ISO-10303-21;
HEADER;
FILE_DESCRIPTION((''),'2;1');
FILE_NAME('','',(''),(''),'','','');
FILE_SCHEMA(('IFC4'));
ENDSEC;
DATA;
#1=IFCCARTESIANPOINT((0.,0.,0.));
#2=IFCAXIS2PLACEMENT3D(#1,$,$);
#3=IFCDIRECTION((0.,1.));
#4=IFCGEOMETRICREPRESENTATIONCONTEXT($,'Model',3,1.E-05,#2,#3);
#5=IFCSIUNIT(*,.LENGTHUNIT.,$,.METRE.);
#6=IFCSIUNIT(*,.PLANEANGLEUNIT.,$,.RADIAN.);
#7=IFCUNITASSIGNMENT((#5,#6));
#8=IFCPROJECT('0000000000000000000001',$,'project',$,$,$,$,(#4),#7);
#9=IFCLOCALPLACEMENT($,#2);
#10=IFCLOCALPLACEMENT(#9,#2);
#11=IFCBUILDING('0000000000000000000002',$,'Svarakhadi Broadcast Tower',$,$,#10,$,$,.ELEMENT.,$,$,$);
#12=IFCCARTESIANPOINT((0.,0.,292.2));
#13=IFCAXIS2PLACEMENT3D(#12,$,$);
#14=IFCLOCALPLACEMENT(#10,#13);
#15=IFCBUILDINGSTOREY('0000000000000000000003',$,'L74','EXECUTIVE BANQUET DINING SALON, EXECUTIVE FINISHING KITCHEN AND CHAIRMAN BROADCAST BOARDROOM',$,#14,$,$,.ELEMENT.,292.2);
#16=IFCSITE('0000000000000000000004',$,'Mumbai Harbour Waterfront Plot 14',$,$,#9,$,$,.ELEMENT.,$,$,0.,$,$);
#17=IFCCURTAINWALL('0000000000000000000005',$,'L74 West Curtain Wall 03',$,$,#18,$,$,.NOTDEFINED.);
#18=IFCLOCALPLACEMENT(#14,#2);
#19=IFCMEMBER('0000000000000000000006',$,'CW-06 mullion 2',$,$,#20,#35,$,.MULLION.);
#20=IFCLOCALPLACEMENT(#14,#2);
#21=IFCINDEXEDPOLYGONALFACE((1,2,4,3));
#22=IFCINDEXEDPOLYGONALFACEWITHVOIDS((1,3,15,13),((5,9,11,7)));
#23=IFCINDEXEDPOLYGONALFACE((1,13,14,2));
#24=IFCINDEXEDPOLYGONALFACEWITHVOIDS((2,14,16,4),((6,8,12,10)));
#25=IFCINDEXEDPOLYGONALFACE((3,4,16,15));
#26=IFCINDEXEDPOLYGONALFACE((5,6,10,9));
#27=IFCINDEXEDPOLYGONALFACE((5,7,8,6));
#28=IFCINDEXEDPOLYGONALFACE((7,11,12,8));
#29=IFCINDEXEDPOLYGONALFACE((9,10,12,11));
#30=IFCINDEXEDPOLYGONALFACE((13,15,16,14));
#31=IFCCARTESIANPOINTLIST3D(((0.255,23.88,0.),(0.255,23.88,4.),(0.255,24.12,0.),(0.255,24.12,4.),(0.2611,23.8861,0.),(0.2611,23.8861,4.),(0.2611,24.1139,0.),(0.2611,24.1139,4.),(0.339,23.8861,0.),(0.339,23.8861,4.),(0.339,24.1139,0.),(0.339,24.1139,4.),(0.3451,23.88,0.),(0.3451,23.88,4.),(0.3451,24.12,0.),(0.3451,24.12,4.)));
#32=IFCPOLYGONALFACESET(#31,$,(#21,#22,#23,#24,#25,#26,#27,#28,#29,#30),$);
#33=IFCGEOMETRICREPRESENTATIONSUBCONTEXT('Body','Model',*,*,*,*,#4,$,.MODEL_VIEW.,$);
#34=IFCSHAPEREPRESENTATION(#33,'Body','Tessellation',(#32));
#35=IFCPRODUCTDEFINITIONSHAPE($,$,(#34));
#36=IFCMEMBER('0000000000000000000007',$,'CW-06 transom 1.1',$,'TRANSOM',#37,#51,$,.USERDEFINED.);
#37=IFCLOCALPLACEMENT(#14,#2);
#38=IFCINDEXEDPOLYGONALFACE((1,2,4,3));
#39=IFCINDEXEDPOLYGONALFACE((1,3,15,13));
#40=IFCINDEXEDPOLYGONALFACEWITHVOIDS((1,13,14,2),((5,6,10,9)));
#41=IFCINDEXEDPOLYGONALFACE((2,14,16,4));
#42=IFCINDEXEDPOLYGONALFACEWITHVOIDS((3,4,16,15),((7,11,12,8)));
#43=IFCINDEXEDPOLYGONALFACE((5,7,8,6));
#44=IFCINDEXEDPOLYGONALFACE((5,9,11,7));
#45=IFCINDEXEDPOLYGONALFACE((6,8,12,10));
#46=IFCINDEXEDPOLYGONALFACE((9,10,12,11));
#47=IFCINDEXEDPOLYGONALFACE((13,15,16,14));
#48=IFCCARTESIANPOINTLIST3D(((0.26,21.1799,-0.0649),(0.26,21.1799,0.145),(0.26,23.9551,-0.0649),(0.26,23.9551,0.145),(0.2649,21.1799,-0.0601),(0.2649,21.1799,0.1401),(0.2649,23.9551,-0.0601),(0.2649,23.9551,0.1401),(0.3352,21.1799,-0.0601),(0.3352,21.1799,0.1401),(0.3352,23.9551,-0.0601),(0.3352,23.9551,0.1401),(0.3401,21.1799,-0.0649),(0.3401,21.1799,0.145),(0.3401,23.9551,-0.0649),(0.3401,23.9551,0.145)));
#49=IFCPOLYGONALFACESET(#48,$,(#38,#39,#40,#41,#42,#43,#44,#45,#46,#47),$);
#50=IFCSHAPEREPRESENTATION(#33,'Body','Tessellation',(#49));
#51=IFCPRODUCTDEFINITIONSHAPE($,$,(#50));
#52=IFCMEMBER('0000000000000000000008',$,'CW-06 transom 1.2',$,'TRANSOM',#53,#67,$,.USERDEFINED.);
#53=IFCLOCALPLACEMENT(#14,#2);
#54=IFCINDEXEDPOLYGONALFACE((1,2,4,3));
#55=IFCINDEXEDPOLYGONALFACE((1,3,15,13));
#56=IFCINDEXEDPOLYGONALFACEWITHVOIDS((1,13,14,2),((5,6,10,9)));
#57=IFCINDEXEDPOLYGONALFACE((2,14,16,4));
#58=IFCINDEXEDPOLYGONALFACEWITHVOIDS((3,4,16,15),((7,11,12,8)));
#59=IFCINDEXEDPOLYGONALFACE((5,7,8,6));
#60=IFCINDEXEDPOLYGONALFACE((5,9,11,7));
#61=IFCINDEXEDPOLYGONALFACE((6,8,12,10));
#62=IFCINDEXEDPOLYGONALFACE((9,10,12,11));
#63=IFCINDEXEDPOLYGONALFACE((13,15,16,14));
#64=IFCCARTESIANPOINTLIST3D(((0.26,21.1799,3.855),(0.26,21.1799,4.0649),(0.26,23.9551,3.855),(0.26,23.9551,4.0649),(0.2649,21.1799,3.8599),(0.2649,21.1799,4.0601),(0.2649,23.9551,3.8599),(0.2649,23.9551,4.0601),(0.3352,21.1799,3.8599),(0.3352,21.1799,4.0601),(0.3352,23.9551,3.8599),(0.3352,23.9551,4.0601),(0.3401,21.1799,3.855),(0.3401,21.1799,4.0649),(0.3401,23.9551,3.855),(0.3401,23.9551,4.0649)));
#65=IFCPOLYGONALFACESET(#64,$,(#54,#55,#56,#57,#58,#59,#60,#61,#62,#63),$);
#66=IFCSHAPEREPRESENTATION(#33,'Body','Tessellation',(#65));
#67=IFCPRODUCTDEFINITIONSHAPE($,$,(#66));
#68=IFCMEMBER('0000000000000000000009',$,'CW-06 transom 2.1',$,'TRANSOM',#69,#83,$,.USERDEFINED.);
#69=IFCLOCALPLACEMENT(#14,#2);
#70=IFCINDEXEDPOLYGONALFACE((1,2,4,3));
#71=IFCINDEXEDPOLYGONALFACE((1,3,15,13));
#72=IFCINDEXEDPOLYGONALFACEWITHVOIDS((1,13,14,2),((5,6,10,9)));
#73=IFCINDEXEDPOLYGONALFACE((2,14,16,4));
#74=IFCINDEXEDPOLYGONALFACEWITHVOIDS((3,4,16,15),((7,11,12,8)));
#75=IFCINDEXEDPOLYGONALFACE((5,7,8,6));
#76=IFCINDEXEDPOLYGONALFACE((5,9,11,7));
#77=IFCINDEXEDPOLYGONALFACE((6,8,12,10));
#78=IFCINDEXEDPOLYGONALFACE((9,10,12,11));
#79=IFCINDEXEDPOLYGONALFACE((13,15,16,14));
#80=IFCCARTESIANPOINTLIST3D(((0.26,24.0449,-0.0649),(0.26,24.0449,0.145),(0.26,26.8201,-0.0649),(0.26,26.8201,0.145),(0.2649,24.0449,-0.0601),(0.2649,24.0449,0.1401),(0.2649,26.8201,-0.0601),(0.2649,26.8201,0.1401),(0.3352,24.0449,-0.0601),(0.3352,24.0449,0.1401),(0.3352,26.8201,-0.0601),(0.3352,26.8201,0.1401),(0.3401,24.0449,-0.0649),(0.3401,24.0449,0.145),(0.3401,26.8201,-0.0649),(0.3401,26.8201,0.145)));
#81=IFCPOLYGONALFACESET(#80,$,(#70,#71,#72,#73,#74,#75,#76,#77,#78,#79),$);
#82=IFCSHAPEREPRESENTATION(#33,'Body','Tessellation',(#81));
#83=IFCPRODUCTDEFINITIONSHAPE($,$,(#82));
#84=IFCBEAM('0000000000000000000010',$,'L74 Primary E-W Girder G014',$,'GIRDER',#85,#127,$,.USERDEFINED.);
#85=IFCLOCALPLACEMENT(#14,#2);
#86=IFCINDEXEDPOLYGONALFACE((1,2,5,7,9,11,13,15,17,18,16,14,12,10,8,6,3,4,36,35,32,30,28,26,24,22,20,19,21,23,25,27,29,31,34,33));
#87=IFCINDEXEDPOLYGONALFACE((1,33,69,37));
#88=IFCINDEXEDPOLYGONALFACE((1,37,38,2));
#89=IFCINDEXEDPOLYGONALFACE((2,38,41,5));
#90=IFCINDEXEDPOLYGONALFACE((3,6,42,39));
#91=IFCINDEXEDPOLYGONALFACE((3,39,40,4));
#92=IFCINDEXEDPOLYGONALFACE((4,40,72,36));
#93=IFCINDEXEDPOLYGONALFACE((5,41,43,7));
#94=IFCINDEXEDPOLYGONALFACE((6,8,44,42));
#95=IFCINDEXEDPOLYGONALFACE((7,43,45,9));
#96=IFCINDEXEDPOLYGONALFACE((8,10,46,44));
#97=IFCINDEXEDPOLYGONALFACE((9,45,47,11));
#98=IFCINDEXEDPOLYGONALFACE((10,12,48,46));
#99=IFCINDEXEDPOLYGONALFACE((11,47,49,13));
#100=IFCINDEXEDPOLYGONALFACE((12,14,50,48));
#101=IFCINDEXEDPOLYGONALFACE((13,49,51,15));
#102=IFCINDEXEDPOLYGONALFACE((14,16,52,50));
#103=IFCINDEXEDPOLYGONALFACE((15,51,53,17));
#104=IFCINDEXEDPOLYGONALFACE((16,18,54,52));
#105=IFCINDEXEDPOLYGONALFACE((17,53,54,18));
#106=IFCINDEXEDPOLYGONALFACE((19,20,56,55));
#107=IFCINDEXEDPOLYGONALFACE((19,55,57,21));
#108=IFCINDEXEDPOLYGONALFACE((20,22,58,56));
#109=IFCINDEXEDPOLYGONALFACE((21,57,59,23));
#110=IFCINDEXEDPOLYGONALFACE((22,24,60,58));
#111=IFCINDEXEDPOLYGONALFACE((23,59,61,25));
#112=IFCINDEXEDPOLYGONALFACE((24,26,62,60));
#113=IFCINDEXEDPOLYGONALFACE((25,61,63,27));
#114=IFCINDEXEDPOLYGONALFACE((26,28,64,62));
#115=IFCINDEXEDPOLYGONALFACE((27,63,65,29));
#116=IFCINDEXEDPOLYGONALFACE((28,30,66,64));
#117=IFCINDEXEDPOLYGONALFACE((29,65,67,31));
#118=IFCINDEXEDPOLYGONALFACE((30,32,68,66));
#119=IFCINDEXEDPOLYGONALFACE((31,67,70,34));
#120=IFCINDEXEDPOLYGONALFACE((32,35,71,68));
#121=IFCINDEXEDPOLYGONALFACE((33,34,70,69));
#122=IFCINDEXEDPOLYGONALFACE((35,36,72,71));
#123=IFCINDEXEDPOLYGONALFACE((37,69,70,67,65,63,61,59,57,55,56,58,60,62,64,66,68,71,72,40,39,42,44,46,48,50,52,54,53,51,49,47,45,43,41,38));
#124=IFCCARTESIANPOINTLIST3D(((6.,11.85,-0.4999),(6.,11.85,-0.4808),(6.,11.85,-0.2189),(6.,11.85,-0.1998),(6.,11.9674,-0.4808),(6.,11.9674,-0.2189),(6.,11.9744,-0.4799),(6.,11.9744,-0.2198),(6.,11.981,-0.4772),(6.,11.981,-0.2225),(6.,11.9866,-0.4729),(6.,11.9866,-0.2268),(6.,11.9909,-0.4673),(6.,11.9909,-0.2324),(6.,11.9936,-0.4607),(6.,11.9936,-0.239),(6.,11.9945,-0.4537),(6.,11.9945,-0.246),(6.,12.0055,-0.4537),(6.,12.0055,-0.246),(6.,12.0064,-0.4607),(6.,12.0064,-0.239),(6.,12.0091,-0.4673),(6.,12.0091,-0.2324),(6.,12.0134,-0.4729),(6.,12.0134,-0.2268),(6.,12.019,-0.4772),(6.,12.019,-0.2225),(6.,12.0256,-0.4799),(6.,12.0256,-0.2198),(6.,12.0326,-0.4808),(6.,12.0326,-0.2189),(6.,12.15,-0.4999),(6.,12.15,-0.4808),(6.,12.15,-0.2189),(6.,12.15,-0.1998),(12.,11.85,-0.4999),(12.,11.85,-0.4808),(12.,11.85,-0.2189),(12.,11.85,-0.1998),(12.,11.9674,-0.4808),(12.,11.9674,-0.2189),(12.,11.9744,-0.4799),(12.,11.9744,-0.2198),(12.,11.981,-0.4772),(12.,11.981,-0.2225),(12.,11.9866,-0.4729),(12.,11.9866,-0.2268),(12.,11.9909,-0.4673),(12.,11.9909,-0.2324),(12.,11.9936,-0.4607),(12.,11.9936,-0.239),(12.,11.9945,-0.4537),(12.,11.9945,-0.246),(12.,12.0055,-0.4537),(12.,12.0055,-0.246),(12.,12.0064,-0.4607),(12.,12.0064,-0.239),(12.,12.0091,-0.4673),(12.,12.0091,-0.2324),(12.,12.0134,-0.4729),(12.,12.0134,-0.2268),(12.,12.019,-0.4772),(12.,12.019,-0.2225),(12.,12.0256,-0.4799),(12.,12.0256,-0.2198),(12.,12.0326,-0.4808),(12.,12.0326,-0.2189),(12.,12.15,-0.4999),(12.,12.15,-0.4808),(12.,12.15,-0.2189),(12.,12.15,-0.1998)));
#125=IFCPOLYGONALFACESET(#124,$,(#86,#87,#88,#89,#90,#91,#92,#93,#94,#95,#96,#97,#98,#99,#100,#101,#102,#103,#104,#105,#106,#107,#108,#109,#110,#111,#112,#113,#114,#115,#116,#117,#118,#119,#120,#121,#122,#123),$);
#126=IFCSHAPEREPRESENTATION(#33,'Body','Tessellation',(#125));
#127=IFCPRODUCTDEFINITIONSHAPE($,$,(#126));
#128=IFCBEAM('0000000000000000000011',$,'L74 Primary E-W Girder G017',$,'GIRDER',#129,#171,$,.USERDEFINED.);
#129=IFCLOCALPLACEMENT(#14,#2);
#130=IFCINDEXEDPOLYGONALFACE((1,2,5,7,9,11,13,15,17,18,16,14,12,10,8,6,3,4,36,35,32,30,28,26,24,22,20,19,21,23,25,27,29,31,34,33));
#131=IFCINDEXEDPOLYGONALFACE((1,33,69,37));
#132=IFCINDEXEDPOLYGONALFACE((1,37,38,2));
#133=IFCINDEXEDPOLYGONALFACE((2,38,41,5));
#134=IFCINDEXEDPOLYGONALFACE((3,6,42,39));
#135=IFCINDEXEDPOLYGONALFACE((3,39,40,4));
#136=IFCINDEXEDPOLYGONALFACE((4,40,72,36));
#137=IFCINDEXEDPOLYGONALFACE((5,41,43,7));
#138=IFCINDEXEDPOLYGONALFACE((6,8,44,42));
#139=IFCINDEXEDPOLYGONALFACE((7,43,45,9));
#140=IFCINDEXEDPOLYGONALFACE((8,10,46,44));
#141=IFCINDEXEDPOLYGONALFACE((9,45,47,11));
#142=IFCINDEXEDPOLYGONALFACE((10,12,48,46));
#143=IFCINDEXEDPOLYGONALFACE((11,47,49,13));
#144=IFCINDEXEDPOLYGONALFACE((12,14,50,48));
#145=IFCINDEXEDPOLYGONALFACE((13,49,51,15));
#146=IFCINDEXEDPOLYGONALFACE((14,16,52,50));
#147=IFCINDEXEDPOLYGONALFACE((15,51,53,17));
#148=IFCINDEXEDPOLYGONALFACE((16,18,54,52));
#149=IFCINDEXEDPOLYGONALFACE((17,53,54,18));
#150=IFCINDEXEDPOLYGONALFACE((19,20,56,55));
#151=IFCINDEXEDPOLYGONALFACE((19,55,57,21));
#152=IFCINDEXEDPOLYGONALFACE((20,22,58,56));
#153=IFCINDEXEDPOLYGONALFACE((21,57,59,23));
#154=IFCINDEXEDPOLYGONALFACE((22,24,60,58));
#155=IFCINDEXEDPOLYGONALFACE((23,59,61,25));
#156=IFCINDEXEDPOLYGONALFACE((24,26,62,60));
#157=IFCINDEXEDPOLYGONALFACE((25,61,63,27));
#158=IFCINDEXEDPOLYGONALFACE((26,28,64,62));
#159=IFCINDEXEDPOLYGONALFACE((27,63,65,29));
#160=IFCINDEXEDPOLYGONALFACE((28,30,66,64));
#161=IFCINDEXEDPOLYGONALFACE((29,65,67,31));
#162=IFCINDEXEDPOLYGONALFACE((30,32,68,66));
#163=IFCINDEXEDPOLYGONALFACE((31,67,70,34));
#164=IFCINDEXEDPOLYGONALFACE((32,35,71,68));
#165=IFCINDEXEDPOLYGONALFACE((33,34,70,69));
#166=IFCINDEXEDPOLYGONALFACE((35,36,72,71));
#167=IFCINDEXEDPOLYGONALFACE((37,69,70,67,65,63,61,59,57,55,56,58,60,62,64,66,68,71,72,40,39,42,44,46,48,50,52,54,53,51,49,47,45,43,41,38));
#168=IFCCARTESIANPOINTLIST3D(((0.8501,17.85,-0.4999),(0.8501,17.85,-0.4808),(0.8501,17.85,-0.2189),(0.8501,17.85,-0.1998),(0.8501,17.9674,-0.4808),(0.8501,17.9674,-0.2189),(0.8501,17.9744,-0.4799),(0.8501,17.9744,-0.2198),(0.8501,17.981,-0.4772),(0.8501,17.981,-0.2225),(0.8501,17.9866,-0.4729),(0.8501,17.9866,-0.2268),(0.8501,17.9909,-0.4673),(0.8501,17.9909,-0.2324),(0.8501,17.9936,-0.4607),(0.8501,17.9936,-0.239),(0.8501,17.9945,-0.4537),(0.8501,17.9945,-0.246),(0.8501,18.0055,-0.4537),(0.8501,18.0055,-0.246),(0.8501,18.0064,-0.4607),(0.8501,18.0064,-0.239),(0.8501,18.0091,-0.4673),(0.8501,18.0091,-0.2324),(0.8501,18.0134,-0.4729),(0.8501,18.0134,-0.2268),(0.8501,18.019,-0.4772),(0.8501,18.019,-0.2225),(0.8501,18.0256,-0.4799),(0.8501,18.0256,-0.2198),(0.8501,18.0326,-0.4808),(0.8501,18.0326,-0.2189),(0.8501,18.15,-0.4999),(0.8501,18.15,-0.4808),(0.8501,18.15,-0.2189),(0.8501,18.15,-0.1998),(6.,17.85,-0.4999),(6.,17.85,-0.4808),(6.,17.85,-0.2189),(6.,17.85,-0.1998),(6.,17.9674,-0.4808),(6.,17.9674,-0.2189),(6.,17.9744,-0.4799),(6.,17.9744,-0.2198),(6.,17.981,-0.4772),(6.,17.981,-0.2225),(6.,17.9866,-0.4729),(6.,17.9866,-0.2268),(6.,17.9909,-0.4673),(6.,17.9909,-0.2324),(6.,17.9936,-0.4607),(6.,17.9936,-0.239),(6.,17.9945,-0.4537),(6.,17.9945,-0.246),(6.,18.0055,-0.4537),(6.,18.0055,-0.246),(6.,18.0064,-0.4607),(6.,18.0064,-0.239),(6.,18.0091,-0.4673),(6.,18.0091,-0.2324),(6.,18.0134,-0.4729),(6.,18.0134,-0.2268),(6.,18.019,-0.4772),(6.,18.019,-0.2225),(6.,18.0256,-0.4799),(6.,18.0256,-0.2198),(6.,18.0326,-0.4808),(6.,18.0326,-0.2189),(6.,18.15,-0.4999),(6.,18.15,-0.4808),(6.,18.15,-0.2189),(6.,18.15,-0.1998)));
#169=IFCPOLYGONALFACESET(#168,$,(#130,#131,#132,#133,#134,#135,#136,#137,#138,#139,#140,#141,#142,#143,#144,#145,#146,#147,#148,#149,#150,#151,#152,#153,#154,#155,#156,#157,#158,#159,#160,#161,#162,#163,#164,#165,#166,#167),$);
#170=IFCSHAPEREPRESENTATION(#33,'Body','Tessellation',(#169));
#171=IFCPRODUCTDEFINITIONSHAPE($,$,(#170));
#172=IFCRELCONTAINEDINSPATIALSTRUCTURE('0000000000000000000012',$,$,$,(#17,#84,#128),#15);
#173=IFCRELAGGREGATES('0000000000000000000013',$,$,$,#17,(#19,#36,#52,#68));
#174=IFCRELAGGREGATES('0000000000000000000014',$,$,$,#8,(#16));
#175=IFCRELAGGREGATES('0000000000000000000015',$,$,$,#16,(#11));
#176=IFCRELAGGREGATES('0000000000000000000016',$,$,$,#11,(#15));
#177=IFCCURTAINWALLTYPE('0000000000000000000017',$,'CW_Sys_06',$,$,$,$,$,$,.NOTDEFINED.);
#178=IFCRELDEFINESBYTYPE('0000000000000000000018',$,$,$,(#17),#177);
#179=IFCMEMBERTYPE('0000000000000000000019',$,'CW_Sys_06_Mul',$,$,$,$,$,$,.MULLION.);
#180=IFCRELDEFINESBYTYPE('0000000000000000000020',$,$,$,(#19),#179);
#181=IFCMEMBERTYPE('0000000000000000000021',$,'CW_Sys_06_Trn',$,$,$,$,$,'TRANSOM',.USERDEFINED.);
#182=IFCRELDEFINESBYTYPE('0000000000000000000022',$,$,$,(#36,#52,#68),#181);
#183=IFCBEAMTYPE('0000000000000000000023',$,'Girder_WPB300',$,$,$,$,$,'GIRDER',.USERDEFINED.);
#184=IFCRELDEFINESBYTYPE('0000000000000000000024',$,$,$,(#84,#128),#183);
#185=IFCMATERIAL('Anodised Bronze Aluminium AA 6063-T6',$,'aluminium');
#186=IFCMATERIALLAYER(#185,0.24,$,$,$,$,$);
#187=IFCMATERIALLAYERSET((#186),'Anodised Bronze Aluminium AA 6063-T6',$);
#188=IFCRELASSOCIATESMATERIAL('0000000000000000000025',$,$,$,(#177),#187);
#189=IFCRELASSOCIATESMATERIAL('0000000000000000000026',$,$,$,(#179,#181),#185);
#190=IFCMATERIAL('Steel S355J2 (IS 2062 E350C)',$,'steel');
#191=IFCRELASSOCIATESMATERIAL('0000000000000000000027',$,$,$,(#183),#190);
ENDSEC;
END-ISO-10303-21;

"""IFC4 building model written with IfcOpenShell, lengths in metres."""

from ifc_helpers import new_model, si_unit, direction, frame, origin, origin_2d, place, context, subcontext, project, spatial, hollow_rectangle, i_section, extrude, material, layer, layer_set, material_profile, profile_set, type_object, element, aggregate, save


model = new_model("IFC4")

# Units and contexts
model_context = context("Model", 3, precision=1e-05, world=origin(), true_north=direction((0.0, 1.0)))
body_context = subcontext(model_context, "Body", "Model", "MODEL_VIEW")
ifc_project = project(units=[si_unit("LENGTHUNIT", "METRE"), si_unit("PLANEANGLEUNIT", "RADIAN")], contexts=[model_context])

# Site, building, storey
site_placement = place(None, origin())
site = spatial("IfcSite", under=ifc_project, at=site_placement, Name="Mumbai Harbour Waterfront Plot 14", CompositionType="ELEMENT", RefElevation=0.0)
building_placement = place(site_placement, origin())
building = spatial("IfcBuilding", under=site, at=building_placement, Name="Svarakhadi Broadcast Tower", CompositionType="ELEMENT")
storey_placement = place(building_placement, frame((0.0, 0.0, 292.2)))
storey = spatial("IfcBuildingStorey", under=building, at=storey_placement, Name="L74", Description="EXECUTIVE BANQUET DINING SALON, EXECUTIVE FINISHING KITCHEN AND CHAIRMAN BROADCAST BOARDROOM", CompositionType="ELEMENT", Elevation=292.2)

# Shared definitions
ifc_material_1 = material(Name="Steel S355J2 (IS 2062 E350C)", Category="steel")

# Curtain wall, members
ifc_material_2 = material(Name="Anodised Bronze Aluminium AA 6063-T6", Category="aluminium")
ifc_layer_1 = layer(ifc_material_2, 0.24)
ifc_layer_set_1 = layer_set([ifc_layer_1], Name="Anodised Bronze Aluminium AA 6063-T6")
curtain_wall_type = type_object("IfcCurtainWallType", Name="CW_Sys_06", PredefinedType="NOTDEFINED", material=ifc_layer_set_1)
curtain_wall_placement = place(storey_placement, origin())
curtain_wall = element("IfcCurtainWall", 1, at=curtain_wall_placement, inside=storey, type_object=curtain_wall_type, Name="L74 West Curtain Wall 03", PredefinedType="NOTDEFINED")
ifc_material_profile_1 = material_profile(ifc_material_2, hollow_rectangle(XDim=0.0901, YDim=0.24, WallThickness=0.0061, at=origin_2d()), Name="ALU MULLION 240x90x6")
ifc_profile_set_1 = profile_set([ifc_material_profile_1], Name="Anodised Bronze Aluminium AA 6063-T6")
member_type_1 = type_object("IfcMemberType", Name="CW_Sys_06_Mul", PredefinedType="MULLION", material=ifc_profile_set_1)
member_1_placement = place(storey_placement, frame((0.3, 24.0, 0.0), z_axis=(0.0, 0.0, 1.0), x_axis=(-1.0, 0.0, 0.0)))
member_1 = element("IfcMember", 2, at=member_1_placement, type_object=member_type_1, Name="CW-06 mullion 2", PredefinedType="MULLION", context=body_context, shape_type="SweptSolid", body=[
    extrude(hollow_rectangle(XDim=0.0901, YDim=0.24, WallThickness=0.0061, at=origin_2d()), origin(), (0.0, 0.0, 1.0), 4.0),
])
ifc_material_profile_2 = material_profile(ifc_material_2, hollow_rectangle(XDim=0.0801, YDim=0.21, WallThickness=0.0049, at=origin_2d()), Name="ALU TRANSOM 210x80x5")
ifc_profile_set_2 = profile_set([ifc_material_profile_2], Name="Anodised Bronze Aluminium AA 6063-T6")
member_type_2 = type_object("IfcMemberType", Name="CW_Sys_06_Trn", ElementType="TRANSOM", PredefinedType="USERDEFINED", material=ifc_profile_set_2)
member_2_placement = place(storey_placement, frame((0.3, 21.1799, 0.04), z_axis=(0.0, 1.0, 0.0), x_axis=(-1.0, 0.0, 0.0)))
member_2 = element("IfcMember", 3, at=member_2_placement, type_object=member_type_2, Name="CW-06 transom 1.1", ObjectType="TRANSOM", PredefinedType="USERDEFINED", context=body_context, shape_type="SweptSolid", body=[
    extrude(hollow_rectangle(XDim=0.0801, YDim=0.21, WallThickness=0.0049, at=origin_2d()), origin(), (0.0, 0.0, 1.0), 2.7751),
])
member_3_placement = place(storey_placement, frame((0.3, 21.1799, 3.96), z_axis=(0.0, 1.0, 0.0), x_axis=(-1.0, 0.0, 0.0)))
member_3 = element("IfcMember", 4, at=member_3_placement, type_object=member_type_2, Name="CW-06 transom 1.2", ObjectType="TRANSOM", PredefinedType="USERDEFINED", context=body_context, shape_type="SweptSolid", body=[
    extrude(hollow_rectangle(XDim=0.0801, YDim=0.21, WallThickness=0.0049, at=origin_2d()), origin(), (0.0, 0.0, 1.0), 2.7751),
])
member_4_placement = place(storey_placement, frame((0.3, 24.0449, 0.04), z_axis=(0.0, 1.0, 0.0), x_axis=(-1.0, 0.0, 0.0)))
member_4 = element("IfcMember", 5, at=member_4_placement, type_object=member_type_2, Name="CW-06 transom 2.1", ObjectType="TRANSOM", PredefinedType="USERDEFINED", context=body_context, shape_type="SweptSolid", body=[
    extrude(hollow_rectangle(XDim=0.0801, YDim=0.21, WallThickness=0.0049, at=origin_2d()), origin(), (0.0, 0.0, 1.0), 2.7751),
])

# Beams
ifc_material_profile_3 = material_profile(ifc_material_1, i_section(OverallWidth=0.3, OverallDepth=0.3, WebThickness=0.011, FlangeThickness=0.019, FilletRadius=0.0271, at=origin_2d()), Name="WPB 300x300x117")
ifc_profile_set_3 = profile_set([ifc_material_profile_3], Name="Steel S355J2 (IS 2062 E350C)")
beam_type_1 = type_object("IfcBeamType", Name="Girder_WPB300", ElementType="GIRDER", PredefinedType="USERDEFINED", material=ifc_profile_set_3)
beam_1_placement = place(storey_placement, frame((6.0, 12.0, -0.3499), z_axis=(1.0, 0.0, 0.0), x_axis=(0.0, 1.0, 0.0)))
element("IfcBeam", 6, at=beam_1_placement, inside=storey, type_object=beam_type_1, Name="L74 Primary E-W Girder G014", ObjectType="GIRDER", PredefinedType="USERDEFINED", context=body_context, shape_type="SweptSolid", body=[
    extrude(i_section(OverallWidth=0.3, OverallDepth=0.3, WebThickness=0.011, FlangeThickness=0.019, FilletRadius=0.0271, at=origin_2d()), origin(), (0.0, 0.0, 1.0), 6.0),
])
beam_2_placement = place(storey_placement, frame((0.8501, 18.0, -0.3499), z_axis=(1.0, 0.0, 0.0), x_axis=(0.0, 1.0, 0.0)))
element("IfcBeam", 7, at=beam_2_placement, inside=storey, type_object=beam_type_1, Name="L74 Primary E-W Girder G017", ObjectType="GIRDER", PredefinedType="USERDEFINED", context=body_context, shape_type="SweptSolid", body=[
    extrude(i_section(OverallWidth=0.3, OverallDepth=0.3, WebThickness=0.011, FlangeThickness=0.019, FilletRadius=0.0271, at=origin_2d()), origin(), (0.0, 0.0, 1.0), 5.1499),
])

aggregate(curtain_wall, [member_1, member_2, member_3, member_4])

save(model, "model.ifc")
